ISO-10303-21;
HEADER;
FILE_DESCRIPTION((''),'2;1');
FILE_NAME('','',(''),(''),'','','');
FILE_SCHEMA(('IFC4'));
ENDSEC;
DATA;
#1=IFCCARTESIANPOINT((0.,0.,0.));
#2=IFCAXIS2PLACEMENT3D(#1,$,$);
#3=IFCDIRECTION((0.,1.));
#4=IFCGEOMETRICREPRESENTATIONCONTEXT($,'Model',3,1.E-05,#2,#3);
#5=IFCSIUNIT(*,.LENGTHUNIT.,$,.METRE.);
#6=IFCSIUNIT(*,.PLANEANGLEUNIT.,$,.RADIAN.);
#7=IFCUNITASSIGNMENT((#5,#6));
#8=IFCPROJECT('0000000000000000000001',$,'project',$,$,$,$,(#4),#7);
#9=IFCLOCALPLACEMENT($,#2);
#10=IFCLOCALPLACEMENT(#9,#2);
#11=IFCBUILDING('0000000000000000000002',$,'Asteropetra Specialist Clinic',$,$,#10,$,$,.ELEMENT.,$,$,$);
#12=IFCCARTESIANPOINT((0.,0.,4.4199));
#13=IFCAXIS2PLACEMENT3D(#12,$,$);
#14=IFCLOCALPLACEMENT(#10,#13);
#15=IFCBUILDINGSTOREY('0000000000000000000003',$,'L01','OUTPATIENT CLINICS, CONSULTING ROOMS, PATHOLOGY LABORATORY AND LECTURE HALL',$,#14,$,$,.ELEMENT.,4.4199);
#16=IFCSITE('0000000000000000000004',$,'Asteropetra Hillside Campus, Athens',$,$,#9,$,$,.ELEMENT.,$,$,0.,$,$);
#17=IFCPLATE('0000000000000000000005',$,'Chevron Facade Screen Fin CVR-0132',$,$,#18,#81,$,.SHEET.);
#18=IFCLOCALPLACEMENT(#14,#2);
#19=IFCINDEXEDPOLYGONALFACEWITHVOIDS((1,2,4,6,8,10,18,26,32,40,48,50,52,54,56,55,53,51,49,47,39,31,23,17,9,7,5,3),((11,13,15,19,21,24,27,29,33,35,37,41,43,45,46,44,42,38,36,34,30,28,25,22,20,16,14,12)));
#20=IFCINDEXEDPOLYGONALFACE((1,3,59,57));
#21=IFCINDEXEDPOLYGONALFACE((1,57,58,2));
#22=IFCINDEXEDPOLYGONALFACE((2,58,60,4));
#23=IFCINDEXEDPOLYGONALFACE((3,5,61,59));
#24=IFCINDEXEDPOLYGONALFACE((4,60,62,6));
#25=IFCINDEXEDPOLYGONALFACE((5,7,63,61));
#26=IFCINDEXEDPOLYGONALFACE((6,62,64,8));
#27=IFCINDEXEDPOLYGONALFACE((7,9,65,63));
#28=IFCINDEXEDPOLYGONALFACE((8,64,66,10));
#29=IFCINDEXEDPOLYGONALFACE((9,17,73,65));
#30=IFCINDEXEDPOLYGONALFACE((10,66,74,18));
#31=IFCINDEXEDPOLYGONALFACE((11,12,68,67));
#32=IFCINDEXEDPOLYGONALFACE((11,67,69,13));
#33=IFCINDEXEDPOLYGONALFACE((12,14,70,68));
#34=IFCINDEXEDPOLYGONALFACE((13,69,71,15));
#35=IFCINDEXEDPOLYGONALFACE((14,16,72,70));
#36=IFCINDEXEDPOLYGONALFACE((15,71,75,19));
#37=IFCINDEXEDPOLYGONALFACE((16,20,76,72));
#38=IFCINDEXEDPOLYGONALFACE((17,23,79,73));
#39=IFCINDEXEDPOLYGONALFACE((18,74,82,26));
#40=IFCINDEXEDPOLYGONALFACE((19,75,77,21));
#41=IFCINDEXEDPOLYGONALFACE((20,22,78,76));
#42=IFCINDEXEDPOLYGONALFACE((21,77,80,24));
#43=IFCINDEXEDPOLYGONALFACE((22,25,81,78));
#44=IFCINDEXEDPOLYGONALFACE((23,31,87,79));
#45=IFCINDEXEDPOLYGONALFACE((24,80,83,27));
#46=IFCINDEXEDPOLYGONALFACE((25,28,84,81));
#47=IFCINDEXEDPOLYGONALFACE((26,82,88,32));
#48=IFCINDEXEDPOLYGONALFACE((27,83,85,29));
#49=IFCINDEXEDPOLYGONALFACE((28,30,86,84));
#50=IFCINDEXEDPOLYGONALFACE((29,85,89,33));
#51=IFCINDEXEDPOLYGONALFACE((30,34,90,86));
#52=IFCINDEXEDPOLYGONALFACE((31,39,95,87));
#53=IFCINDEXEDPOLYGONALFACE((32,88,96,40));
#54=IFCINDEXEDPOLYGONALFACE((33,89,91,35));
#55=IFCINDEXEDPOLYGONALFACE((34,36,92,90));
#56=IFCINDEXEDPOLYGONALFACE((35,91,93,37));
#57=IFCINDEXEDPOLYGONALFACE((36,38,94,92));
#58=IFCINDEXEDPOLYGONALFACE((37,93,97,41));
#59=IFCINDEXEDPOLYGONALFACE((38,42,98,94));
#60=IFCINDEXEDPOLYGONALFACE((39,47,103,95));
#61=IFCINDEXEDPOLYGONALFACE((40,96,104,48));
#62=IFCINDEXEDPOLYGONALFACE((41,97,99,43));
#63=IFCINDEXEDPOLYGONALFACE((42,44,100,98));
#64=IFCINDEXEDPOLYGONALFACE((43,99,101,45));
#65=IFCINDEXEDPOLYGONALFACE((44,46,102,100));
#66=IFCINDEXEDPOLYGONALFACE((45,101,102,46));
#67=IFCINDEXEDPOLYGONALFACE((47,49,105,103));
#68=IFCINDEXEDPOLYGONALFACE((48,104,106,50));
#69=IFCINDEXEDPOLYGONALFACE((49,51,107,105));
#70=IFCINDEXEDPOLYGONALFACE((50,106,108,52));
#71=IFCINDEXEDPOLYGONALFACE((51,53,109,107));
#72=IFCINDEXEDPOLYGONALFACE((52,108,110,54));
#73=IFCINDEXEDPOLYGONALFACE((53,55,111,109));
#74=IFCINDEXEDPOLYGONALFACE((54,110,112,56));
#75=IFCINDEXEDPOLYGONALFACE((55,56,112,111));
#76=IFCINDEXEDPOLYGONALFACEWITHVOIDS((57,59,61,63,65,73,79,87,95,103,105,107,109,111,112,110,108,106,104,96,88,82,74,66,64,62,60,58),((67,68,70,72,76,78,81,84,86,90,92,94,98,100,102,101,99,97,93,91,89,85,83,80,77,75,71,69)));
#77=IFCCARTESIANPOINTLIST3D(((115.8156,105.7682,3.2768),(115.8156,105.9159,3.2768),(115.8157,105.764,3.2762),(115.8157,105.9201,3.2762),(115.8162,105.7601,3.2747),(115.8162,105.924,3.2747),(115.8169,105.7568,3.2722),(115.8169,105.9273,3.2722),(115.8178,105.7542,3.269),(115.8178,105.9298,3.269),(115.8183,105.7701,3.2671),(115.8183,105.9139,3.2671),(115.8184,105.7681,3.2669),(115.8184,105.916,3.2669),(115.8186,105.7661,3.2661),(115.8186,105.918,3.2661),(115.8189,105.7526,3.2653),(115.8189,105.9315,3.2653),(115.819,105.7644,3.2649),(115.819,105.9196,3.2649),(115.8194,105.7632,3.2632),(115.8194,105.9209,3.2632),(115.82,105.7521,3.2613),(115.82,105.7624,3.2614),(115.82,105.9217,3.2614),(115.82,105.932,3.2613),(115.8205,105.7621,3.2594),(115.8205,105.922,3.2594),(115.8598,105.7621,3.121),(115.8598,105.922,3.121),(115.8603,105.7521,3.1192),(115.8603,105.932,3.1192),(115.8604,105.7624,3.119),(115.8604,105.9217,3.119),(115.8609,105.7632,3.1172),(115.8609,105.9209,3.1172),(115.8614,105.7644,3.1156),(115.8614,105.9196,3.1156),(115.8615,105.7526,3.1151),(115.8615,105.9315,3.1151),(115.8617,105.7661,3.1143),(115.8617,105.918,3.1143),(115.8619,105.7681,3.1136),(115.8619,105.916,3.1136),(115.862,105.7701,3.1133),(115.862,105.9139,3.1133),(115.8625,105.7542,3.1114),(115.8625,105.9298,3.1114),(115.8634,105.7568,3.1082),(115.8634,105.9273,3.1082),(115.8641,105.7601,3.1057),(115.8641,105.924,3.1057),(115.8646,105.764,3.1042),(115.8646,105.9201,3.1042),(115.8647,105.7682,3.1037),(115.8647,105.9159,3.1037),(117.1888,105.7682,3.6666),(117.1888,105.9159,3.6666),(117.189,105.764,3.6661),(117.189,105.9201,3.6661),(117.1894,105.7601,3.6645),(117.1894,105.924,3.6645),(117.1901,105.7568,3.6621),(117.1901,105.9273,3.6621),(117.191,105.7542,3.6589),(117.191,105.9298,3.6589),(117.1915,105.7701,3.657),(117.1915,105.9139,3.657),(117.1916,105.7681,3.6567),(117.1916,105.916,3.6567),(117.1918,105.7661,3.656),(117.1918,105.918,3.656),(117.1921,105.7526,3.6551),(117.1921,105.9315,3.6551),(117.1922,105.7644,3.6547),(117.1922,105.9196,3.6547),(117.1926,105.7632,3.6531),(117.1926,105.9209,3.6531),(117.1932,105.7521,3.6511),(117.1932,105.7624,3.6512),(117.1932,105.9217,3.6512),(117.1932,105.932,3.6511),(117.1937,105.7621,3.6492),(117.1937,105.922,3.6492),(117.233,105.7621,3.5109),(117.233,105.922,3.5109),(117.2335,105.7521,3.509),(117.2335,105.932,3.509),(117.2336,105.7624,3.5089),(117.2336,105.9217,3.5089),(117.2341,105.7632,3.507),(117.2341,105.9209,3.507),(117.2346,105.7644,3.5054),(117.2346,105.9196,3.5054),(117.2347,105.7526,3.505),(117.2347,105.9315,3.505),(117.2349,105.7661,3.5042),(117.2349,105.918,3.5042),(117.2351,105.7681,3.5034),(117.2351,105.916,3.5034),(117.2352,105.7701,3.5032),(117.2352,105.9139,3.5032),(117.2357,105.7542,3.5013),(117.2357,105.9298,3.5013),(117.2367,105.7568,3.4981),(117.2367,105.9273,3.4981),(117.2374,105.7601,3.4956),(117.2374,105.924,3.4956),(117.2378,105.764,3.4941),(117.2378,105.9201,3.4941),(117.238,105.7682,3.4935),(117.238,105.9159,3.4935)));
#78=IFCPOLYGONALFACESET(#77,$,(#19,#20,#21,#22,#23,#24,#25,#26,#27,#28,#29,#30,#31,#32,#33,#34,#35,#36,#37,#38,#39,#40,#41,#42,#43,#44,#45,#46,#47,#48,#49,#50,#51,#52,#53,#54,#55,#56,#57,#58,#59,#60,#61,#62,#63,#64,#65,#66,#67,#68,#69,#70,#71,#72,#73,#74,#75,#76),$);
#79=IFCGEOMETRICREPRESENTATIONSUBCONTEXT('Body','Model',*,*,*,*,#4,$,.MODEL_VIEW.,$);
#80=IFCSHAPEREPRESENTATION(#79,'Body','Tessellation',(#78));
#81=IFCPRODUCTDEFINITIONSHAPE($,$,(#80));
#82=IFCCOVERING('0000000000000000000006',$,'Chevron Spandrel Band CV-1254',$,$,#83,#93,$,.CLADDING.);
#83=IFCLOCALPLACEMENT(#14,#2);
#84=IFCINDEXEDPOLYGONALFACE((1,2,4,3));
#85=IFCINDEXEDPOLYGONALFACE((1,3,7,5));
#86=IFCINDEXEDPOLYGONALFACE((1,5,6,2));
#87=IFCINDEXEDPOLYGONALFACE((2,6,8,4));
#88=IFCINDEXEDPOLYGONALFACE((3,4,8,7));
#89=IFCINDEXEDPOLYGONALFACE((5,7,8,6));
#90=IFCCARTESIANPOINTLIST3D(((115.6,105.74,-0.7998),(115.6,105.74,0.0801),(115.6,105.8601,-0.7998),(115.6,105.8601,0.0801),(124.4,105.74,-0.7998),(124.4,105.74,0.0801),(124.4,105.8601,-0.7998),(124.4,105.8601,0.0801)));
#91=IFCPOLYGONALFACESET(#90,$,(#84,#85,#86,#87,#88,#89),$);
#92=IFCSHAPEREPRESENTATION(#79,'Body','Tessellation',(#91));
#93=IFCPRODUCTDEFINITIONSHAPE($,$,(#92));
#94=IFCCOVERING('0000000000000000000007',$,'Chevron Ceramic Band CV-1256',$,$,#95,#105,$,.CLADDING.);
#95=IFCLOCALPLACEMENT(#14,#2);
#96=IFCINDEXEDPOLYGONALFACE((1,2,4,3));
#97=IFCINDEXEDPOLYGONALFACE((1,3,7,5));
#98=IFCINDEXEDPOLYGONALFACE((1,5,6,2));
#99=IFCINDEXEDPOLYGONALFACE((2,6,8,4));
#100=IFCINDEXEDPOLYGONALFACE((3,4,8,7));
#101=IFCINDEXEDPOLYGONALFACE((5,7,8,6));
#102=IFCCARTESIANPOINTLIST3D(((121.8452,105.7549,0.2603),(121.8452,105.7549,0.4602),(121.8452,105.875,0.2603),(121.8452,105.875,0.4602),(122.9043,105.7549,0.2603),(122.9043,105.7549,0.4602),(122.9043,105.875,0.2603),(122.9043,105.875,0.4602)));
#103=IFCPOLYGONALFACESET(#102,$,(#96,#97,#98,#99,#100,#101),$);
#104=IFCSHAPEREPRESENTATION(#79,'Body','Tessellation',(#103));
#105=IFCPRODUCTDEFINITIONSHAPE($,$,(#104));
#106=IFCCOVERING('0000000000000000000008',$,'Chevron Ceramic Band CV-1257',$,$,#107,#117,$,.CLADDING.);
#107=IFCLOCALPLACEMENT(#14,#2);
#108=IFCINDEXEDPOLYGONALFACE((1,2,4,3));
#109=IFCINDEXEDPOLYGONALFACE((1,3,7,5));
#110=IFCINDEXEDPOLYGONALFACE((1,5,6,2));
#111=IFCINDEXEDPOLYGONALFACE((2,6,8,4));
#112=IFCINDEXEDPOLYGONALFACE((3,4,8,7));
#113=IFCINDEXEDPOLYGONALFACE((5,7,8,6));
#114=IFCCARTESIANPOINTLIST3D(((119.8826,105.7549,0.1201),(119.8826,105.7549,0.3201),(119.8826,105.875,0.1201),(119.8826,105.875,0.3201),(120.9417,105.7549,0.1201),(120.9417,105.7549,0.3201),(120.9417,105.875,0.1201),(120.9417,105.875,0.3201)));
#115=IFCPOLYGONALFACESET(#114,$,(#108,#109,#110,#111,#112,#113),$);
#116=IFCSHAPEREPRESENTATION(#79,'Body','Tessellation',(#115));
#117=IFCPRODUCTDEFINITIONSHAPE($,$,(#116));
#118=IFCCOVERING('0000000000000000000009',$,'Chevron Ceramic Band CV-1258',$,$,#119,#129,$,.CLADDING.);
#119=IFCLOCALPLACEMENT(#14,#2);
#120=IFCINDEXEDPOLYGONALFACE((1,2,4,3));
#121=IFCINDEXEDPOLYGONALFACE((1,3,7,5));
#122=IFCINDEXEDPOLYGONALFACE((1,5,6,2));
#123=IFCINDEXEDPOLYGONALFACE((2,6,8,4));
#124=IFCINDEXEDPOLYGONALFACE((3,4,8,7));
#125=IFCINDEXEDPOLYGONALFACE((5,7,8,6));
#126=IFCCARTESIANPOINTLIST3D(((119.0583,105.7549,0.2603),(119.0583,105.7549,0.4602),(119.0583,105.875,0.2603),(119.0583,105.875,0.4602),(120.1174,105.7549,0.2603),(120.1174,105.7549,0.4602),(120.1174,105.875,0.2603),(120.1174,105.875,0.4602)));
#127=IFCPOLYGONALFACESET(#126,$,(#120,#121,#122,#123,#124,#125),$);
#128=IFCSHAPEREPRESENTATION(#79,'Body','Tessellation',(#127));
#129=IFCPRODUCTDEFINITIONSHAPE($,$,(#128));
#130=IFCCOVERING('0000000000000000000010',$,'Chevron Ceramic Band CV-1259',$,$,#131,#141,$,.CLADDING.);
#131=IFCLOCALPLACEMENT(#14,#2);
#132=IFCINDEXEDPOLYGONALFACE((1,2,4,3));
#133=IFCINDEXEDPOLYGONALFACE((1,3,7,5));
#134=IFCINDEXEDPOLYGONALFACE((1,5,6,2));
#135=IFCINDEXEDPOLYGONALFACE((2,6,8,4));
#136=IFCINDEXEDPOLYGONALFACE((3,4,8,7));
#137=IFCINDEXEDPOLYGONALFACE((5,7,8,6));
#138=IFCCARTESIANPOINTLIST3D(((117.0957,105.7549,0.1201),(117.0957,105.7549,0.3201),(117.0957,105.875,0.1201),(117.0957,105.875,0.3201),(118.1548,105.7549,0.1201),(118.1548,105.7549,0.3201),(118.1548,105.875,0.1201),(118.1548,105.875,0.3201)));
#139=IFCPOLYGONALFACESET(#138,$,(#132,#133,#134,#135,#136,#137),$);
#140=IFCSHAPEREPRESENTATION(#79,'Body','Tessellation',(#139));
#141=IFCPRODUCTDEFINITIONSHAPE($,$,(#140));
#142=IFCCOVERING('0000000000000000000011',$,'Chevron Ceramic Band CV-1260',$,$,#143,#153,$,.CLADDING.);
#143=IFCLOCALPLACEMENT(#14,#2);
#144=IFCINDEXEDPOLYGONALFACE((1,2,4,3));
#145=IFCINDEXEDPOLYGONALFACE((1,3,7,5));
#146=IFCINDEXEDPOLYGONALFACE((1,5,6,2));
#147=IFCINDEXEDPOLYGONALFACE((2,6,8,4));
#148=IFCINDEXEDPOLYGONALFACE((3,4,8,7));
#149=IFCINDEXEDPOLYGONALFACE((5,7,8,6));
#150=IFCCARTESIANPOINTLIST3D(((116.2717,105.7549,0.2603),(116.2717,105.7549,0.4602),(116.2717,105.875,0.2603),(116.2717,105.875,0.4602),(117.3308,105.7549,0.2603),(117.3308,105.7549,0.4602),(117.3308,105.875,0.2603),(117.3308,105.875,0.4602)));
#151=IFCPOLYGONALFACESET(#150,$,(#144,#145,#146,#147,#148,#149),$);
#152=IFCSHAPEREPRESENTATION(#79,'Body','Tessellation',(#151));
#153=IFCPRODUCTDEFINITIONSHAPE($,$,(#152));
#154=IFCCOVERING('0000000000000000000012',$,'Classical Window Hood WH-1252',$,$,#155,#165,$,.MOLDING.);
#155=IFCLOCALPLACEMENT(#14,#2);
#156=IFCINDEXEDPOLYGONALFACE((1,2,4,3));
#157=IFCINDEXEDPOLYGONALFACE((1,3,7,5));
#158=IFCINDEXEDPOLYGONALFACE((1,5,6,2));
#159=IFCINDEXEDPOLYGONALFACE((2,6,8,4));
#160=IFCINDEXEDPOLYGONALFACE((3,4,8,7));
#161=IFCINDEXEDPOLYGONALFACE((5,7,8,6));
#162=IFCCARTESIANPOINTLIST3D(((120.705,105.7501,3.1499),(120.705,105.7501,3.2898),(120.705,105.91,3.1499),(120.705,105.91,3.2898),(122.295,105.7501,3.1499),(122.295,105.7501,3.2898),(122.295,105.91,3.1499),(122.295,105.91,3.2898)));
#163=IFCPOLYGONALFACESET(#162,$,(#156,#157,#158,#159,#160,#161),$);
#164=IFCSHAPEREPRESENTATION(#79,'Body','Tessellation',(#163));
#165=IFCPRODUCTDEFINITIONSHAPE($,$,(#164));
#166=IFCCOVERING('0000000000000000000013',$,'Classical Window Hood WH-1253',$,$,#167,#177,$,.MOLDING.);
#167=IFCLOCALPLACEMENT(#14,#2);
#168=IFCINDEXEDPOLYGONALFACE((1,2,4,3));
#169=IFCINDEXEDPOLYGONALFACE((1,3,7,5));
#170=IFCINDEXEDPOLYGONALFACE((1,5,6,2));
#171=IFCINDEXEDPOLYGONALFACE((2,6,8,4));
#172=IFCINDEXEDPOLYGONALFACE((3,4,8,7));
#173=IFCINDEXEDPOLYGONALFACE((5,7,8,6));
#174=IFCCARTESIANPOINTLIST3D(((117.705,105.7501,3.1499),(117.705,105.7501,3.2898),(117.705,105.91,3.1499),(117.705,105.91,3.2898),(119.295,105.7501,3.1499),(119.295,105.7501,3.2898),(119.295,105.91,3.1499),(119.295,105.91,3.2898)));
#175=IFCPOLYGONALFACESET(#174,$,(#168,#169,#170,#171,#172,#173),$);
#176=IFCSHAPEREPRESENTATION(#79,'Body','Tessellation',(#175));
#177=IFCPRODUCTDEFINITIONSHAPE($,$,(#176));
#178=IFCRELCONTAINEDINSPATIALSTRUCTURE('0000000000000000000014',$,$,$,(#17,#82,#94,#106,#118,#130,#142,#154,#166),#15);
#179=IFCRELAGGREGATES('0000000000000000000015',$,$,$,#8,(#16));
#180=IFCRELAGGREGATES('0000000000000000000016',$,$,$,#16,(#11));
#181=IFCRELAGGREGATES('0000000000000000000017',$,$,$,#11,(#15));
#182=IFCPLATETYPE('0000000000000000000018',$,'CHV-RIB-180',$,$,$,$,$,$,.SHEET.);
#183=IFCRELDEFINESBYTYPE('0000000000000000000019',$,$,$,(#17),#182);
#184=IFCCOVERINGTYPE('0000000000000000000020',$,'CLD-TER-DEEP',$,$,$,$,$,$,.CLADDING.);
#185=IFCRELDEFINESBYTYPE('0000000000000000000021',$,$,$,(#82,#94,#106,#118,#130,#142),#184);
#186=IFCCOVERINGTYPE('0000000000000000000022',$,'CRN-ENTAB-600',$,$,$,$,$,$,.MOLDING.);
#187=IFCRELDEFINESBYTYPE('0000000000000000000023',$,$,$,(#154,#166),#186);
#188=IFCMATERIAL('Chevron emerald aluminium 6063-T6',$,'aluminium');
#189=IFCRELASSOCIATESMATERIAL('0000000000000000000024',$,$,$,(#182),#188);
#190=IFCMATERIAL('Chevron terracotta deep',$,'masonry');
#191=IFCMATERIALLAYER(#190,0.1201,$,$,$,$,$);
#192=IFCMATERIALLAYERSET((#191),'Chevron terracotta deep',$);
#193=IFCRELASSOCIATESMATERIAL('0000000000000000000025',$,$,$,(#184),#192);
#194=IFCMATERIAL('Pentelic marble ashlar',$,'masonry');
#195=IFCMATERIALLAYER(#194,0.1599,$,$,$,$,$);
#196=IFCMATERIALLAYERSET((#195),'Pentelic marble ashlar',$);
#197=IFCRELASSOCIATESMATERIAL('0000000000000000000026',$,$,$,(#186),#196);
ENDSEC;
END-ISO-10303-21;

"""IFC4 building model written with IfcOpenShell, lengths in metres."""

from ifc_helpers import new_model, si_unit, direction, frame, origin, origin_2d, place, context, subcontext, project, spatial, rectangle, hollow_rectangle, extrude, material, layer, layer_set, material_profile, profile_set, type_object, element, save


model = new_model("IFC4")

# Units and contexts
model_context = context("Model", 3, precision=1e-05, world=origin(), true_north=direction((0.0, 1.0)))
body_context = subcontext(model_context, "Body", "Model", "MODEL_VIEW")
ifc_project = project(units=[si_unit("LENGTHUNIT", "METRE"), si_unit("PLANEANGLEUNIT", "RADIAN")], contexts=[model_context])

# Site, building, storey
site_placement = place(None, origin())
site = spatial("IfcSite", under=ifc_project, at=site_placement, Name="Asteropetra Hillside Campus, Athens", CompositionType="ELEMENT", RefElevation=0.0)
building_placement = place(site_placement, origin())
building = spatial("IfcBuilding", under=site, at=building_placement, Name="Asteropetra Specialist Clinic", CompositionType="ELEMENT")
storey_placement = place(building_placement, frame((0.0, 0.0, 4.4199)))
storey = spatial("IfcBuildingStorey", under=building, at=storey_placement, Name="L01", Description="OUTPATIENT CLINICS, CONSULTING ROOMS, PATHOLOGY LABORATORY AND LECTURE HALL", CompositionType="ELEMENT", Elevation=4.4199)

# Plate
ifc_material_1 = material(Name="Chevron emerald aluminium 6063-T6", Category="aluminium")
ifc_material_profile_1 = material_profile(ifc_material_1, hollow_rectangle(XDim=0.1799, YDim=0.1799, WallThickness=0.01, InnerFilletRadius=0.0081, OuterFilletRadius=0.0161, at=origin_2d()), Name="SHS 180x180x10.0")
ifc_profile_set_1 = profile_set([ifc_material_profile_1], Name="Chevron emerald aluminium 6063-T6")
plate_type = type_object("IfcPlateType", Name="CHV-RIB-180", PredefinedType="SHEET", material=ifc_profile_set_1)
for number, where, z_axis, x_axis, name in (
    (1, (117.2134, 105.842, 3.5801), (-0.961981, 0.0, -0.273117), (0.0, -1.0, 0.0), "Chevron Facade Screen Fin CVR-0132"),
):
    element("IfcPlate", number, at=place(storey_placement, frame(where, z_axis=z_axis, x_axis=x_axis)), inside=storey, type_object=plate_type, Name=name, PredefinedType="SHEET", context=body_context, shape_type="SweptSolid", body=[
        extrude(hollow_rectangle(XDim=0.1799, YDim=0.1799, WallThickness=0.01, InnerFilletRadius=0.0081, OuterFilletRadius=0.0161, at=origin_2d()), origin(), (0.0, 0.0, 1.0), 1.4275),
    ])

# Coverings
ifc_material_2 = material(Name="Chevron terracotta deep", Category="masonry")
ifc_layer_1 = layer(ifc_material_2, 0.1201)
ifc_layer_set_1 = layer_set([ifc_layer_1], Name="Chevron terracotta deep")
covering_type_1 = type_object("IfcCoveringType", Name="CLD-TER-DEEP", PredefinedType="CLADDING", material=ifc_layer_set_1)
covering_placement = place(storey_placement, frame((120.0, 105.8, -0.7998), z_axis=(0.0, 0.0, 1.0), x_axis=(1.0, 0.0, 0.0)))
element("IfcCovering", 2, at=covering_placement, inside=storey, type_object=covering_type_1, Name="Chevron Spandrel Band CV-1254", PredefinedType="CLADDING", context=body_context, shape_type="SweptSolid", body=[
    extrude(rectangle(XDim=8.8, YDim=0.1201, at=origin_2d()), origin(), (0.0, 0.0, 1.0), 0.8799),
])
for number, where, z_axis, x_axis, name in (
    (3, (122.3748, 105.8149, 0.2603), (0.0, 0.0, 1.0), (1.0, 0.0, 0.0), "Chevron Ceramic Band CV-1256"),
    (4, (120.4121, 105.8149, 0.1201), (0.0, 0.0, 1.0), (1.0, 0.0, 0.0), "Chevron Ceramic Band CV-1257"),
    (5, (119.5879, 105.8149, 0.2603), (0.0, 0.0, 1.0), (1.0, 0.0, 0.0), "Chevron Ceramic Band CV-1258"),
    (6, (117.6252, 105.8149, 0.1201), (0.0, 0.0, 1.0), (1.0, 0.0, 0.0), "Chevron Ceramic Band CV-1259"),
    (7, (116.8013, 105.8149, 0.2603), (0.0, 0.0, 1.0), (1.0, 0.0, 0.0), "Chevron Ceramic Band CV-1260"),
):
    element("IfcCovering", number, at=place(storey_placement, frame(where, z_axis=z_axis, x_axis=x_axis)), inside=storey, type_object=covering_type_1, Name=name, PredefinedType="CLADDING", context=body_context, shape_type="SweptSolid", body=[
        extrude(rectangle(XDim=1.0591, YDim=0.1201, at=origin_2d()), origin(), (0.0, 0.0, 1.0), 0.2),
    ])
ifc_material_3 = material(Name="Pentelic marble ashlar", Category="masonry")
ifc_layer_2 = layer(ifc_material_3, 0.1599)
ifc_layer_set_2 = layer_set([ifc_layer_2], Name="Pentelic marble ashlar")
covering_type_2 = type_object("IfcCoveringType", Name="CRN-ENTAB-600", PredefinedType="MOLDING", material=ifc_layer_set_2)
for number, where, z_axis, x_axis, name in (
    (8, (121.5, 105.8301, 3.1499), (0.0, 0.0, 1.0), (1.0, 0.0, 0.0), "Classical Window Hood WH-1252"),
    (9, (118.5, 105.8301, 3.1499), (0.0, 0.0, 1.0), (1.0, 0.0, 0.0), "Classical Window Hood WH-1253"),
):
    element("IfcCovering", number, at=place(storey_placement, frame(where, z_axis=z_axis, x_axis=x_axis)), inside=storey, type_object=covering_type_2, Name=name, PredefinedType="MOLDING", context=body_context, shape_type="SweptSolid", body=[
        extrude(rectangle(XDim=1.5901, YDim=0.1599, at=origin_2d()), origin(), (0.0, 0.0, 1.0), 0.1399),
    ])

save(model, "model.ifc")
